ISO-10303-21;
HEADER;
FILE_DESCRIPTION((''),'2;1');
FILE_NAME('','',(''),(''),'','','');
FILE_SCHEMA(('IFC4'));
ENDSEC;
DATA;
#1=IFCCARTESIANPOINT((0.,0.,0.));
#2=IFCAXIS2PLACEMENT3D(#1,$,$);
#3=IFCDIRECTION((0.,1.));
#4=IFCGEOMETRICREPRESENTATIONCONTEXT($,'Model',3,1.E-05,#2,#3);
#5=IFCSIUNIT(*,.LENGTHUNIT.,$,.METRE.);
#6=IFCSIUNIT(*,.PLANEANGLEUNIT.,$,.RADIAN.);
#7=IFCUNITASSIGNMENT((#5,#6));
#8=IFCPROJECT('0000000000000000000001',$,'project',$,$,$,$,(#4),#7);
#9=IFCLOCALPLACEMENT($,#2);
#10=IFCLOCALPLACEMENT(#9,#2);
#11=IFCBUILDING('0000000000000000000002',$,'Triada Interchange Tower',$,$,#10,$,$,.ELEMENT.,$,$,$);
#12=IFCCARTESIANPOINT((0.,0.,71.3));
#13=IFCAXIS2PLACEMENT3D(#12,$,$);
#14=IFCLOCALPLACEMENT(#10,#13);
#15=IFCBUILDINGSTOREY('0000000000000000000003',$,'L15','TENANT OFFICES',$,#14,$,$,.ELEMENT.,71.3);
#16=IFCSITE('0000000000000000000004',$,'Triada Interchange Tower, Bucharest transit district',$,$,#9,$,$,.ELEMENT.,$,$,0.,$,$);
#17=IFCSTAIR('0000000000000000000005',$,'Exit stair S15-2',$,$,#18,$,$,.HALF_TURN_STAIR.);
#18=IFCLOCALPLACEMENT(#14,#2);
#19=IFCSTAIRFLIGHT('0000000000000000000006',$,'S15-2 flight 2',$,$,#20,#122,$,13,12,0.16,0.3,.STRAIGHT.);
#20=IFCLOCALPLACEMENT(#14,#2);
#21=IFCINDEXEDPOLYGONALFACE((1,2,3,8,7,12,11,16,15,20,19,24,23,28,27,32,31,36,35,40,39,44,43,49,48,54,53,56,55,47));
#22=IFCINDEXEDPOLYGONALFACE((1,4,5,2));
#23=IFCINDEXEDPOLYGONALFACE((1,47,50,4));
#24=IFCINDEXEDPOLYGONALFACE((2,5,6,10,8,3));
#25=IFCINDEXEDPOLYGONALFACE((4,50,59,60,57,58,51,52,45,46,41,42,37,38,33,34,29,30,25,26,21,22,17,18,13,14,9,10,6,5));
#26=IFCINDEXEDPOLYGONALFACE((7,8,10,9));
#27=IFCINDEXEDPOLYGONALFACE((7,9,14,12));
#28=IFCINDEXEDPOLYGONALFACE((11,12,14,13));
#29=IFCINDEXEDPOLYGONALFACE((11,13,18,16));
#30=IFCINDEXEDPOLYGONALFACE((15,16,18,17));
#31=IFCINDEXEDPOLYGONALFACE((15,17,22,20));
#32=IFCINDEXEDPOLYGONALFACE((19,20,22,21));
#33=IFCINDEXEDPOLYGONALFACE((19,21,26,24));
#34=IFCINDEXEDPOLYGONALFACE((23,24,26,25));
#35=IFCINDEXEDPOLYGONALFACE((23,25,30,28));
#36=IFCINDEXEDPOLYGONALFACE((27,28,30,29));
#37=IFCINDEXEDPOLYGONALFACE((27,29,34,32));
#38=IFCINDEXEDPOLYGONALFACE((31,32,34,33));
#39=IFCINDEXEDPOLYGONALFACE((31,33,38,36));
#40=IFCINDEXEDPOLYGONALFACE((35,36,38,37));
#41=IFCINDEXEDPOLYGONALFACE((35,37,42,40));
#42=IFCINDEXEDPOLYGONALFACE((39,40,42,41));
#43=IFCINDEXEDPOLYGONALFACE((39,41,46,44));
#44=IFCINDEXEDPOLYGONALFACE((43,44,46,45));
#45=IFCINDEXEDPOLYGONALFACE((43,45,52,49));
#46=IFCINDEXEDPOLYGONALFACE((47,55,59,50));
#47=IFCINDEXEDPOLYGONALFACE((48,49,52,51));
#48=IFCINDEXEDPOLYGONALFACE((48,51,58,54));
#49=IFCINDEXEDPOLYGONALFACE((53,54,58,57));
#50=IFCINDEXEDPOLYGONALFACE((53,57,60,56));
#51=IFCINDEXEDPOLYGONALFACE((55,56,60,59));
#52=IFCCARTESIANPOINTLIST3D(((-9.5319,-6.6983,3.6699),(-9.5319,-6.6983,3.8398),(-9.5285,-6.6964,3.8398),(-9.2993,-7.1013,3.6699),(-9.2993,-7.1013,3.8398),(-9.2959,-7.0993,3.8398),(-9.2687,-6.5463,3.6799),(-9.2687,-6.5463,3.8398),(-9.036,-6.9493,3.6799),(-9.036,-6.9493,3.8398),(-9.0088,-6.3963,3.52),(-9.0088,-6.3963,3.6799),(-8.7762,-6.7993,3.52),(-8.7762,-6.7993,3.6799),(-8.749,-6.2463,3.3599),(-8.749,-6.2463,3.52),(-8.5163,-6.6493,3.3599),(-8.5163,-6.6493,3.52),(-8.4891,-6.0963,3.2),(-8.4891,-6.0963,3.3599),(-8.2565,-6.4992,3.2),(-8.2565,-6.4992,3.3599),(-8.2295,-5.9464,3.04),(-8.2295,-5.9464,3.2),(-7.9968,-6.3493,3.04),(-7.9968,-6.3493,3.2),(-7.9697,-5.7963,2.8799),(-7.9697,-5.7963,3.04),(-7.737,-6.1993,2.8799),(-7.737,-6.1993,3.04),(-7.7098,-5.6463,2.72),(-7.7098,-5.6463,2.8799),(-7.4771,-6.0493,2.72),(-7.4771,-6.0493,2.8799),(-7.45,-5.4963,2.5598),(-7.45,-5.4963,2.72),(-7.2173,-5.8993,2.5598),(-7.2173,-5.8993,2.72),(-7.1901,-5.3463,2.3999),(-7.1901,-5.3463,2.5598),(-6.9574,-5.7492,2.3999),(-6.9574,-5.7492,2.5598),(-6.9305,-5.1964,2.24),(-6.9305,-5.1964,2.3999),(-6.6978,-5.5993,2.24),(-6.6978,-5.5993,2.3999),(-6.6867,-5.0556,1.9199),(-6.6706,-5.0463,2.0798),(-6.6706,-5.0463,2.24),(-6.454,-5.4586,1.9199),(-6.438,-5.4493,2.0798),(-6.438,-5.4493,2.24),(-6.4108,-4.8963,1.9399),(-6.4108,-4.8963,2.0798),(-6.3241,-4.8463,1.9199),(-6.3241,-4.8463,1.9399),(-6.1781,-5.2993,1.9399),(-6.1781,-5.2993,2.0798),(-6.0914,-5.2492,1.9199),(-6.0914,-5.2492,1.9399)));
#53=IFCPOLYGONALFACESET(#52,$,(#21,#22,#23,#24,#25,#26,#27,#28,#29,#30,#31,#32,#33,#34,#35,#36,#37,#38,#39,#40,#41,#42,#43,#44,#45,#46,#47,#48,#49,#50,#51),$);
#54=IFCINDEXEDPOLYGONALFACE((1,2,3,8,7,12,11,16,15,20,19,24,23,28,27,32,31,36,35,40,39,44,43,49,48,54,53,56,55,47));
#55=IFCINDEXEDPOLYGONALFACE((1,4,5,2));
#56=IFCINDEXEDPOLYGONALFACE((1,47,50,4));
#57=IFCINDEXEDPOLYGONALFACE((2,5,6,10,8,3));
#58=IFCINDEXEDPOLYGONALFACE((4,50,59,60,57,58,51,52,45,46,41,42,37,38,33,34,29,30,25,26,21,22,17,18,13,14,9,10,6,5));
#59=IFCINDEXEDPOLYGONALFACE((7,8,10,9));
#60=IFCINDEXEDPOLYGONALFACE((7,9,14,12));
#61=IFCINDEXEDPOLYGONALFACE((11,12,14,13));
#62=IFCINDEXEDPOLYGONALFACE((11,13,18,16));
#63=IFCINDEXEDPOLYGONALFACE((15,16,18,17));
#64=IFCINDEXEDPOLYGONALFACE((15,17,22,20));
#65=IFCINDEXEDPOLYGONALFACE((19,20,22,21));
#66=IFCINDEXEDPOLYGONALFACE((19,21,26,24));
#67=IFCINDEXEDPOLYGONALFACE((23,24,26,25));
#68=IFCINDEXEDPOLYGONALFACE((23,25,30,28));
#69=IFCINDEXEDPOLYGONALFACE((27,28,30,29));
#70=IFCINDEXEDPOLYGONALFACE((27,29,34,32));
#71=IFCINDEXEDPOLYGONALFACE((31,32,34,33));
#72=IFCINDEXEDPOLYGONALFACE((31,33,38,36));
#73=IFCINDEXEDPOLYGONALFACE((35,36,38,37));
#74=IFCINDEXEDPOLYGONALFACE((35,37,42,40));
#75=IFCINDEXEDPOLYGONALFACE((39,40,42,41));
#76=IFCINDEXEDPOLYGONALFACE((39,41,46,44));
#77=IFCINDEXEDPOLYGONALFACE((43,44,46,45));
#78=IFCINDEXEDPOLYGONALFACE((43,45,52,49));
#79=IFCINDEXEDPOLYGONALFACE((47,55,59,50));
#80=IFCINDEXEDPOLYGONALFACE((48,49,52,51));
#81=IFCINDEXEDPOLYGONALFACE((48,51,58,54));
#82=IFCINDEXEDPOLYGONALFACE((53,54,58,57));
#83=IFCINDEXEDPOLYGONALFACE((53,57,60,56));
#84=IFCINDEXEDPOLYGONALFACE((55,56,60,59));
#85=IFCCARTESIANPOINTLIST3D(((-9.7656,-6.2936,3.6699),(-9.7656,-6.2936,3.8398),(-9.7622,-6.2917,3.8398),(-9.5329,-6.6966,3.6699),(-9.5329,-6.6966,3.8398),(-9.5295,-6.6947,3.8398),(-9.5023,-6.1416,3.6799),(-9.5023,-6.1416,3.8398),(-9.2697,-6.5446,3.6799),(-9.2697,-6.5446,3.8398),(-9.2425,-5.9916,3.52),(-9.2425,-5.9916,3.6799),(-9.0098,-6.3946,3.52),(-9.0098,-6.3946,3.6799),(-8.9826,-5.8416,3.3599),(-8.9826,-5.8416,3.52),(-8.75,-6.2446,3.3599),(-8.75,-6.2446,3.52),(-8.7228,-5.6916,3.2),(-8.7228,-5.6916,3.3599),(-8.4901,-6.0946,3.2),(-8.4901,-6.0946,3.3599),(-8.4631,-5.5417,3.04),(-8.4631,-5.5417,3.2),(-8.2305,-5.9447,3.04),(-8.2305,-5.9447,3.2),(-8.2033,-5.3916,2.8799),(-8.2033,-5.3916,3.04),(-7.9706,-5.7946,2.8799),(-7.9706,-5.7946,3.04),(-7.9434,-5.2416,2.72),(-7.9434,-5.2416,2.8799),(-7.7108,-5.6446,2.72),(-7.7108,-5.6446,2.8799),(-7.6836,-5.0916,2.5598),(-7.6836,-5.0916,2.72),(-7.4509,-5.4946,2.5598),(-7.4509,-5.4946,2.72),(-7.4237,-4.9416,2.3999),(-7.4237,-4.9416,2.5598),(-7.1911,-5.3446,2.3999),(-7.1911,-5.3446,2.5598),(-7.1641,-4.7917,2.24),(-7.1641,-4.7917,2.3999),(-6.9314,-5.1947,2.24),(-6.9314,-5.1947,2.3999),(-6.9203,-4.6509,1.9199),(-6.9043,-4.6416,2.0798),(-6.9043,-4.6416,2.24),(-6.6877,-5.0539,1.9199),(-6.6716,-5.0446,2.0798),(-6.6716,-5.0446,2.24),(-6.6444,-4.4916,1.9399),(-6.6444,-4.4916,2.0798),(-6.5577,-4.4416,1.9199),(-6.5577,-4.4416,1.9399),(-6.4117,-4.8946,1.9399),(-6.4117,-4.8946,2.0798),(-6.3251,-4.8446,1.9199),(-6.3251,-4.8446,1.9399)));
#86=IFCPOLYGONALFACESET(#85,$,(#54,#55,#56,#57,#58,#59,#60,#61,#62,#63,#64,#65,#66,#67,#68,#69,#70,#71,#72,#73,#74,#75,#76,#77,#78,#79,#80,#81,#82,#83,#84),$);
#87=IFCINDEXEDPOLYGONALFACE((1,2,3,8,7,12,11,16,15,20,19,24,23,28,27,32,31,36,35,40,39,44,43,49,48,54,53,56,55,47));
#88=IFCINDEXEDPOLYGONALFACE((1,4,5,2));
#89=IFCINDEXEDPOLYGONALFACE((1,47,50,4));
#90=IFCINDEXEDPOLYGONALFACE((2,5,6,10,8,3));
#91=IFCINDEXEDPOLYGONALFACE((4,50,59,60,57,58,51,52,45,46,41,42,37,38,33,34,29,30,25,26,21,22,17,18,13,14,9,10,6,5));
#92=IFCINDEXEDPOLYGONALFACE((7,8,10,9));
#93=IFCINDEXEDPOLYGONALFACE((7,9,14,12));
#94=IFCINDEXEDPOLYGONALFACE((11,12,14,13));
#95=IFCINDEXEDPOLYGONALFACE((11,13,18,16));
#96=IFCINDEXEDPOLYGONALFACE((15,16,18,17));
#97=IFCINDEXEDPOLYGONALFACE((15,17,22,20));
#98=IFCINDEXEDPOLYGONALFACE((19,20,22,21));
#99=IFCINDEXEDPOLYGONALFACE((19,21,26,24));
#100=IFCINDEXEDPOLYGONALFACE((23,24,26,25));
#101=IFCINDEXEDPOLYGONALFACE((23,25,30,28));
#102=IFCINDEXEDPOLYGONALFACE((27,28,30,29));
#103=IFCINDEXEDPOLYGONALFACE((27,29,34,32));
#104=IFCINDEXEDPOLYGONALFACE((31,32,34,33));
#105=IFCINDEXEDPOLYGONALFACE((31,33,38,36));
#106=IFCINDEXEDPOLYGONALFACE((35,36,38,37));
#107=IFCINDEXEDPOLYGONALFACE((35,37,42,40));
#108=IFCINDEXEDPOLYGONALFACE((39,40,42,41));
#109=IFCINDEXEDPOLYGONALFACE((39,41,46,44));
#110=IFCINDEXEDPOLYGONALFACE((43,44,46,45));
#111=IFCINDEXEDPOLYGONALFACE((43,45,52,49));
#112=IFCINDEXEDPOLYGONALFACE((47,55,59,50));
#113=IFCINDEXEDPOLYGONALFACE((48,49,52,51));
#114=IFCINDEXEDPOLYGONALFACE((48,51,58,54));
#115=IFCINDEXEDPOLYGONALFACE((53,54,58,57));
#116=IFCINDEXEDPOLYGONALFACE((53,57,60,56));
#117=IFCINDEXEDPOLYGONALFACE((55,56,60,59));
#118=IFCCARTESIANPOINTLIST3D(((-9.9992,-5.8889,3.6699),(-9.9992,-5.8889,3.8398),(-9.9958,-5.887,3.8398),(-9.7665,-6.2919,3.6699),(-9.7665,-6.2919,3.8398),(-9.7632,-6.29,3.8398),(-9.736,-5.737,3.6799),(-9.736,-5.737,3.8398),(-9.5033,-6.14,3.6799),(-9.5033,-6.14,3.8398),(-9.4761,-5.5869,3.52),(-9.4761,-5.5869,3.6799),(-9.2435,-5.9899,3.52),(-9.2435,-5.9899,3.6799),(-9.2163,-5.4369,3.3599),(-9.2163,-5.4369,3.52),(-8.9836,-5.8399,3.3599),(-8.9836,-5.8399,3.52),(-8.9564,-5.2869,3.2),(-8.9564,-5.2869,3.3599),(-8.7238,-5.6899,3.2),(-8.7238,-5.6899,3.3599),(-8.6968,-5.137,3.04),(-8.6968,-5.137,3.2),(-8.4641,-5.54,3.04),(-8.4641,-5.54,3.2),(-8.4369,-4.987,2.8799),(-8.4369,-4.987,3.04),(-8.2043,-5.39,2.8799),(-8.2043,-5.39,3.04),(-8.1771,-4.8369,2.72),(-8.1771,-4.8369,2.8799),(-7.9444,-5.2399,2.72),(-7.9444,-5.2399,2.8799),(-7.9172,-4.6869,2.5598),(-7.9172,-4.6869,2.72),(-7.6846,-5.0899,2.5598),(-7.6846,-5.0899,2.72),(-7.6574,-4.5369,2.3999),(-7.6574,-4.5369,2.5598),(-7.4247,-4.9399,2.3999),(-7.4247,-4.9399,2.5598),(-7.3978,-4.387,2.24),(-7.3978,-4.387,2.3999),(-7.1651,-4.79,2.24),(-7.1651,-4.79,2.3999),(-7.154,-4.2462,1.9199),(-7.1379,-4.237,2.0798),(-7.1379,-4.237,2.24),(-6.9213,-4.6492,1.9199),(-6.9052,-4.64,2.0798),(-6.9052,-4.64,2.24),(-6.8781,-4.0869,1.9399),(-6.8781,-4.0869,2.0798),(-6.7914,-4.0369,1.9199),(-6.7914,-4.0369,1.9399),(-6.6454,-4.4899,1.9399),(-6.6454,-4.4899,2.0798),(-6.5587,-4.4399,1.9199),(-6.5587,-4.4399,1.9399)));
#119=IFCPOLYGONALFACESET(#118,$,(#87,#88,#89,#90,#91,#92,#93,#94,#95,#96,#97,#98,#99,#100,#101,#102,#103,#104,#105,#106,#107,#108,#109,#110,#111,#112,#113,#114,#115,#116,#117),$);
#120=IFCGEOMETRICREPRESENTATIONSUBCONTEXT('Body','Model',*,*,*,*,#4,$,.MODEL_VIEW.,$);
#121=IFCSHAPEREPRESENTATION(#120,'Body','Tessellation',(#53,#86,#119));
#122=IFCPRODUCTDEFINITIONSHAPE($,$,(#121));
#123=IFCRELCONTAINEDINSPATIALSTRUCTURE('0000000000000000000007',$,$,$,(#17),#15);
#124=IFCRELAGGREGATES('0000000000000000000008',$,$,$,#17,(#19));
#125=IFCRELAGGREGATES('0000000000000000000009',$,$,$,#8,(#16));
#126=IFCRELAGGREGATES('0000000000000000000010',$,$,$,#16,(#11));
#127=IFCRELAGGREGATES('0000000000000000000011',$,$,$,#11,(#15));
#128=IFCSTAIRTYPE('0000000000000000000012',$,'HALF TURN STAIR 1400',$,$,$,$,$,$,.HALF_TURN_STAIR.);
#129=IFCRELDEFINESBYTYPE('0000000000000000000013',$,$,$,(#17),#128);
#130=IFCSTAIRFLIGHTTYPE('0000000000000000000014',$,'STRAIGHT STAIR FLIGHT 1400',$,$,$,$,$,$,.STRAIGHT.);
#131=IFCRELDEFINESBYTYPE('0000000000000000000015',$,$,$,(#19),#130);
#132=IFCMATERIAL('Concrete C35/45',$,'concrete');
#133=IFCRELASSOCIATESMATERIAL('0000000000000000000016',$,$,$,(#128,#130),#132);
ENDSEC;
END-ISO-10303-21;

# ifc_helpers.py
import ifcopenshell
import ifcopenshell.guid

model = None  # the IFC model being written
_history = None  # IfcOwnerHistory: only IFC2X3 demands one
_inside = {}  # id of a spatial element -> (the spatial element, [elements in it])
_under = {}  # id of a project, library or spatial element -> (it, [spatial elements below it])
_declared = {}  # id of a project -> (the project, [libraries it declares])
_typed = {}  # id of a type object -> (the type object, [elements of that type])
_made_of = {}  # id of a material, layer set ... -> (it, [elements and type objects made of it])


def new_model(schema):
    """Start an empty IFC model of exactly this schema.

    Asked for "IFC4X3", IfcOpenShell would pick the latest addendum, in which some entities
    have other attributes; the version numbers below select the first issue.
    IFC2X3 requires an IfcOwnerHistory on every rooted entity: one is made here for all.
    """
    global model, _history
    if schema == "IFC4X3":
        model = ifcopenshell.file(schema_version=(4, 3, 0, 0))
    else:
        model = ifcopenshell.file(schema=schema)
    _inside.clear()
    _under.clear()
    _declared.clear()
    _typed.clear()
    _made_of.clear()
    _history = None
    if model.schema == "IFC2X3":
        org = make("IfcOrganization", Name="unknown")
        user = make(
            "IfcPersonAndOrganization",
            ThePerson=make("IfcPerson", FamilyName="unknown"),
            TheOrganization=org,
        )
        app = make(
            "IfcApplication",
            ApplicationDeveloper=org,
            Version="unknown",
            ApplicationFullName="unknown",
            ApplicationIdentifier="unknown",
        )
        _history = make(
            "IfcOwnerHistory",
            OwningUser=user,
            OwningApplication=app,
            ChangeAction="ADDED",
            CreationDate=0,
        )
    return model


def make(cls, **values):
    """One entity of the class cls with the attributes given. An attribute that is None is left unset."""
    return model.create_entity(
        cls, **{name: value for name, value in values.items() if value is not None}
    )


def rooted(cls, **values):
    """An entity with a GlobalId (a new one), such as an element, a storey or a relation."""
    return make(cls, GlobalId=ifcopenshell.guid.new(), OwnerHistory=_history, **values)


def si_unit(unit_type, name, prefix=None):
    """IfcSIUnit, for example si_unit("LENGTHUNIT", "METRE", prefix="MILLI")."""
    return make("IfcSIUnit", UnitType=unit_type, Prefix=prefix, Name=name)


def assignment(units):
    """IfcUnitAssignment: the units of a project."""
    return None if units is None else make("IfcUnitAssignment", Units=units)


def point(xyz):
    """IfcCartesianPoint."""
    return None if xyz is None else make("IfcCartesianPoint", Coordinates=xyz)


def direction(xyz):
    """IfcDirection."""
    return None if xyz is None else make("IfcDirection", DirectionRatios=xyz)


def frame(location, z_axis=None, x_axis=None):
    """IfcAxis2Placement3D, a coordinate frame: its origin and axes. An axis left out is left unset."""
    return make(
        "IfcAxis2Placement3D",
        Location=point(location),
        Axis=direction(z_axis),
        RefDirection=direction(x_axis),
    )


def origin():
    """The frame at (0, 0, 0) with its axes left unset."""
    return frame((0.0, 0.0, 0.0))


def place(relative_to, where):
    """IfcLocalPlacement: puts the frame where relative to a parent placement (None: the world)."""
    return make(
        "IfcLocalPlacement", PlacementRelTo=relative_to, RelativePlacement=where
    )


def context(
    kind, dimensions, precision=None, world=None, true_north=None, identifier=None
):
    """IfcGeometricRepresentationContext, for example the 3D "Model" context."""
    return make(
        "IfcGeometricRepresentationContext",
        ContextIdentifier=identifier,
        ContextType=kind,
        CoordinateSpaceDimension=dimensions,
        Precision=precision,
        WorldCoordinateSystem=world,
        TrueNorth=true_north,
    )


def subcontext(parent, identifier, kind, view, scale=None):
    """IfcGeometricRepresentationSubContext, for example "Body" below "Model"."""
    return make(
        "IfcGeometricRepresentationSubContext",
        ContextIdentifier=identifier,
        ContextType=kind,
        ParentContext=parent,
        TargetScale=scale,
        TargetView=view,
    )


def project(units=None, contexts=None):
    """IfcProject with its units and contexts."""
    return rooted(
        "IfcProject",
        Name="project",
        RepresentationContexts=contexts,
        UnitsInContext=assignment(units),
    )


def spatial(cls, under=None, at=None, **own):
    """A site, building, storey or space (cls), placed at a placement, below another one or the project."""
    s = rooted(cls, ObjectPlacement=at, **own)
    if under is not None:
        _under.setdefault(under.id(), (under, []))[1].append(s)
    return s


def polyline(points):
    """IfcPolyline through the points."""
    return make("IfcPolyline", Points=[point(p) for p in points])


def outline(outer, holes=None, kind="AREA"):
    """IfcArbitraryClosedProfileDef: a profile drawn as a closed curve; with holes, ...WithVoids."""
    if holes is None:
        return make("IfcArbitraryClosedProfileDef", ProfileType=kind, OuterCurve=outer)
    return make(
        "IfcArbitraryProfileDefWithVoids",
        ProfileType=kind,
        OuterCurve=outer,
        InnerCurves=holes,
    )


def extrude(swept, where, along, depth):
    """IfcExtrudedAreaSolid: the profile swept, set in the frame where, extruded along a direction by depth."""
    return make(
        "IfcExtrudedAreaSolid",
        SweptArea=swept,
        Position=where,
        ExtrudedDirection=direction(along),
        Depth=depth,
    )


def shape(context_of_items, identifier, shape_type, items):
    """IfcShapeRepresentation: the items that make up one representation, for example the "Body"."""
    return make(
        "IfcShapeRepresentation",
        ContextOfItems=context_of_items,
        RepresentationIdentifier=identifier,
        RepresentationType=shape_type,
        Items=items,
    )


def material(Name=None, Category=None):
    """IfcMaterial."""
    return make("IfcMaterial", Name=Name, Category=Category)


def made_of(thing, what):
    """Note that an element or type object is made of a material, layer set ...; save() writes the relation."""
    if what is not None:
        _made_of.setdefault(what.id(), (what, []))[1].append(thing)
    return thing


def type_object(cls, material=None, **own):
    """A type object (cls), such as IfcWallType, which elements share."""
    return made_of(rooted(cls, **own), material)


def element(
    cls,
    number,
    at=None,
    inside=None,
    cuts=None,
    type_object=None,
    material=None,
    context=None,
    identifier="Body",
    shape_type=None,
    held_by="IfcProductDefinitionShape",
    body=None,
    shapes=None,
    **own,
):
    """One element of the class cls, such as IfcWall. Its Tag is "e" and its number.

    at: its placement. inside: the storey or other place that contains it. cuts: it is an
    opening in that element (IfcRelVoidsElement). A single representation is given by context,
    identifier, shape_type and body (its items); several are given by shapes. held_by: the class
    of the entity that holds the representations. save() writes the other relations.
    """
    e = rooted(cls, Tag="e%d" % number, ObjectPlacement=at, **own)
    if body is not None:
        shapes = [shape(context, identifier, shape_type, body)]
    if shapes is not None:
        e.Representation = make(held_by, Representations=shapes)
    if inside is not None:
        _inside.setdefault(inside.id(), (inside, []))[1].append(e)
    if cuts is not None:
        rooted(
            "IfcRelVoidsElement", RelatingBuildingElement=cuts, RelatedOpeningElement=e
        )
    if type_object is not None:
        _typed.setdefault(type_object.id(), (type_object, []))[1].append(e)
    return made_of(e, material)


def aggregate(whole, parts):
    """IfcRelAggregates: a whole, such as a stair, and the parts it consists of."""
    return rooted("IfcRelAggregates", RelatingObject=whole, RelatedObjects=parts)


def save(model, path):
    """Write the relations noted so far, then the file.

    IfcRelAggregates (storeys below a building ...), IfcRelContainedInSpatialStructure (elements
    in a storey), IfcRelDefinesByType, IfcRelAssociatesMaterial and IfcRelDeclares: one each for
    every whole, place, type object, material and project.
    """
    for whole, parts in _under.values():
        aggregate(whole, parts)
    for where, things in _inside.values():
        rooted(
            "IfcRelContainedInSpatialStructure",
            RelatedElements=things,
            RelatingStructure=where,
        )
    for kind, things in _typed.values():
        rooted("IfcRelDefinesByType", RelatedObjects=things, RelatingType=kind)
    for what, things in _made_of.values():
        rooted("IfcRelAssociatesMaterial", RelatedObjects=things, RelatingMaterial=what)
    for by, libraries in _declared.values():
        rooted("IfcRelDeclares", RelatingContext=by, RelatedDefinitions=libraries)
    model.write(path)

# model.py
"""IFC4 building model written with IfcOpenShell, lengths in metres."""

from ifc_helpers import new_model, si_unit, direction, frame, origin, place, context, subcontext, project, spatial, polyline, outline, extrude, material, type_object, element, aggregate, save


model = new_model("IFC4")

# Units and contexts
model_context = context("Model", 3, precision=1e-05, world=origin(), true_north=direction((0.0, 1.0)))
body_context = subcontext(model_context, "Body", "Model", "MODEL_VIEW")
ifc_project = project(units=[si_unit("LENGTHUNIT", "METRE"), si_unit("PLANEANGLEUNIT", "RADIAN")], contexts=[model_context])

# Site, building, storey
site_placement = place(None, origin())
site = spatial("IfcSite", under=ifc_project, at=site_placement, Name="Triada Interchange Tower, Bucharest transit district", CompositionType="ELEMENT", RefElevation=0.0)
building_placement = place(site_placement, origin())
building = spatial("IfcBuilding", under=site, at=building_placement, Name="Triada Interchange Tower", CompositionType="ELEMENT")
storey_placement = place(building_placement, frame((0.0, 0.0, 71.3)))
storey = spatial("IfcBuildingStorey", under=building, at=storey_placement, Name="L15", Description="TENANT OFFICES", CompositionType="ELEMENT", Elevation=71.3)

# Stair, stair flight
ifc_material_1 = material(Name="Concrete C35/45", Category="concrete")
stair_type = type_object("IfcStairType", Name="HALF TURN STAIR 1400", PredefinedType="HALF_TURN_STAIR", material=ifc_material_1)
stair_placement = place(storey_placement, origin())
stair = element("IfcStair", 1, at=stair_placement, inside=storey, type_object=stair_type, Name="Exit stair S15-2", PredefinedType="HALF_TURN_STAIR")
stair_flight_type = type_object("IfcStairFlightType", Name="STRAIGHT STAIR FLIGHT 1400", PredefinedType="STRAIGHT", material=ifc_material_1)
stair_flight_1_placement = place(storey_placement, frame((-6.5281, -4.6931, 1.9199), z_axis=(0.0, 0.0, 1.0), x_axis=(-0.866025, -0.5, 0.0)))
stair_flight_1 = element("IfcStairFlight", 2, at=stair_flight_1_placement, type_object=stair_flight_type, Name="S15-2 flight 2", NumberOfRisers=13, NumberOfTreads=12, PredefinedType="STRAIGHT", RiserHeight=0.16, TreadLength=0.3, context=body_context, shape_type="SweptSolid", body=[
    extrude(outline(polyline([(-0.1001, 0.0), (-0.1001, 0.02), (0.0, 0.02), (0.0, 0.1599), (0.3, 0.1599), (0.3, 0.3201), (0.6001, 0.3201), (0.6001, 0.48), (0.8999, 0.48), (0.8999, 0.6399), (1.2, 0.6399), (1.2, 0.8), (1.5, 0.8), (1.5, 0.96), (1.8, 0.96), (1.8, 1.1201), (2.1001, 1.1201), (2.1001, 1.28), (2.3999, 1.28), (2.3999, 1.4399), (2.7, 1.4399), (2.7, 1.6001), (3.0, 1.6001), (3.0, 1.76), (3.3, 1.76), (3.3, 1.9199), (3.6001, 1.9199), (3.604, 1.9199), (3.604, 2.0801), (3.604, 1.75), (0.3186, 0.0), (-0.1001, 0.0)])), frame((0.0, 0.7, 0.0), z_axis=(0.0, -1.0, 0.0), x_axis=(1.0, 0.0, 0.0)), (0.0, 0.0, 1.0), 0.4653),
    extrude(outline(polyline([(-0.1001, 0.0), (-0.1001, 0.02), (0.0, 0.02), (0.0, 0.1599), (0.3, 0.1599), (0.3, 0.3201), (0.6001, 0.3201), (0.6001, 0.48), (0.8999, 0.48), (0.8999, 0.6399), (1.2, 0.6399), (1.2, 0.8), (1.5, 0.8), (1.5, 0.96), (1.8, 0.96), (1.8, 1.1201), (2.1001, 1.1201), (2.1001, 1.28), (2.3999, 1.28), (2.3999, 1.4399), (2.7, 1.4399), (2.7, 1.6001), (3.0, 1.6001), (3.0, 1.76), (3.3, 1.76), (3.3, 1.9199), (3.6001, 1.9199), (3.604, 1.9199), (3.604, 2.0801), (3.604, 1.75), (0.3186, 0.0), (-0.1001, 0.0)])), frame((0.0, 0.2327, 0.0), z_axis=(0.0, -1.0, 0.0), x_axis=(1.0, 0.0, 0.0)), (0.0, 0.0, 1.0), 0.4653),
    extrude(outline(polyline([(-0.1001, 0.0), (-0.1001, 0.02), (0.0, 0.02), (0.0, 0.1599), (0.3, 0.1599), (0.3, 0.3201), (0.6001, 0.3201), (0.6001, 0.48), (0.8999, 0.48), (0.8999, 0.6399), (1.2, 0.6399), (1.2, 0.8), (1.5, 0.8), (1.5, 0.96), (1.8, 0.96), (1.8, 1.1201), (2.1001, 1.1201), (2.1001, 1.28), (2.3999, 1.28), (2.3999, 1.4399), (2.7, 1.4399), (2.7, 1.6001), (3.0, 1.6001), (3.0, 1.76), (3.3, 1.76), (3.3, 1.9199), (3.6001, 1.9199), (3.604, 1.9199), (3.604, 2.0801), (3.604, 1.75), (0.3186, 0.0), (-0.1001, 0.0)])), frame((0.0, -0.2346, 0.0), z_axis=(0.0, -1.0, 0.0), x_axis=(1.0, 0.0, 0.0)), (0.0, 0.0, 1.0), 0.4653),
])
aggregate(stair, [stair_flight_1])

save(model, "model.ifc")
